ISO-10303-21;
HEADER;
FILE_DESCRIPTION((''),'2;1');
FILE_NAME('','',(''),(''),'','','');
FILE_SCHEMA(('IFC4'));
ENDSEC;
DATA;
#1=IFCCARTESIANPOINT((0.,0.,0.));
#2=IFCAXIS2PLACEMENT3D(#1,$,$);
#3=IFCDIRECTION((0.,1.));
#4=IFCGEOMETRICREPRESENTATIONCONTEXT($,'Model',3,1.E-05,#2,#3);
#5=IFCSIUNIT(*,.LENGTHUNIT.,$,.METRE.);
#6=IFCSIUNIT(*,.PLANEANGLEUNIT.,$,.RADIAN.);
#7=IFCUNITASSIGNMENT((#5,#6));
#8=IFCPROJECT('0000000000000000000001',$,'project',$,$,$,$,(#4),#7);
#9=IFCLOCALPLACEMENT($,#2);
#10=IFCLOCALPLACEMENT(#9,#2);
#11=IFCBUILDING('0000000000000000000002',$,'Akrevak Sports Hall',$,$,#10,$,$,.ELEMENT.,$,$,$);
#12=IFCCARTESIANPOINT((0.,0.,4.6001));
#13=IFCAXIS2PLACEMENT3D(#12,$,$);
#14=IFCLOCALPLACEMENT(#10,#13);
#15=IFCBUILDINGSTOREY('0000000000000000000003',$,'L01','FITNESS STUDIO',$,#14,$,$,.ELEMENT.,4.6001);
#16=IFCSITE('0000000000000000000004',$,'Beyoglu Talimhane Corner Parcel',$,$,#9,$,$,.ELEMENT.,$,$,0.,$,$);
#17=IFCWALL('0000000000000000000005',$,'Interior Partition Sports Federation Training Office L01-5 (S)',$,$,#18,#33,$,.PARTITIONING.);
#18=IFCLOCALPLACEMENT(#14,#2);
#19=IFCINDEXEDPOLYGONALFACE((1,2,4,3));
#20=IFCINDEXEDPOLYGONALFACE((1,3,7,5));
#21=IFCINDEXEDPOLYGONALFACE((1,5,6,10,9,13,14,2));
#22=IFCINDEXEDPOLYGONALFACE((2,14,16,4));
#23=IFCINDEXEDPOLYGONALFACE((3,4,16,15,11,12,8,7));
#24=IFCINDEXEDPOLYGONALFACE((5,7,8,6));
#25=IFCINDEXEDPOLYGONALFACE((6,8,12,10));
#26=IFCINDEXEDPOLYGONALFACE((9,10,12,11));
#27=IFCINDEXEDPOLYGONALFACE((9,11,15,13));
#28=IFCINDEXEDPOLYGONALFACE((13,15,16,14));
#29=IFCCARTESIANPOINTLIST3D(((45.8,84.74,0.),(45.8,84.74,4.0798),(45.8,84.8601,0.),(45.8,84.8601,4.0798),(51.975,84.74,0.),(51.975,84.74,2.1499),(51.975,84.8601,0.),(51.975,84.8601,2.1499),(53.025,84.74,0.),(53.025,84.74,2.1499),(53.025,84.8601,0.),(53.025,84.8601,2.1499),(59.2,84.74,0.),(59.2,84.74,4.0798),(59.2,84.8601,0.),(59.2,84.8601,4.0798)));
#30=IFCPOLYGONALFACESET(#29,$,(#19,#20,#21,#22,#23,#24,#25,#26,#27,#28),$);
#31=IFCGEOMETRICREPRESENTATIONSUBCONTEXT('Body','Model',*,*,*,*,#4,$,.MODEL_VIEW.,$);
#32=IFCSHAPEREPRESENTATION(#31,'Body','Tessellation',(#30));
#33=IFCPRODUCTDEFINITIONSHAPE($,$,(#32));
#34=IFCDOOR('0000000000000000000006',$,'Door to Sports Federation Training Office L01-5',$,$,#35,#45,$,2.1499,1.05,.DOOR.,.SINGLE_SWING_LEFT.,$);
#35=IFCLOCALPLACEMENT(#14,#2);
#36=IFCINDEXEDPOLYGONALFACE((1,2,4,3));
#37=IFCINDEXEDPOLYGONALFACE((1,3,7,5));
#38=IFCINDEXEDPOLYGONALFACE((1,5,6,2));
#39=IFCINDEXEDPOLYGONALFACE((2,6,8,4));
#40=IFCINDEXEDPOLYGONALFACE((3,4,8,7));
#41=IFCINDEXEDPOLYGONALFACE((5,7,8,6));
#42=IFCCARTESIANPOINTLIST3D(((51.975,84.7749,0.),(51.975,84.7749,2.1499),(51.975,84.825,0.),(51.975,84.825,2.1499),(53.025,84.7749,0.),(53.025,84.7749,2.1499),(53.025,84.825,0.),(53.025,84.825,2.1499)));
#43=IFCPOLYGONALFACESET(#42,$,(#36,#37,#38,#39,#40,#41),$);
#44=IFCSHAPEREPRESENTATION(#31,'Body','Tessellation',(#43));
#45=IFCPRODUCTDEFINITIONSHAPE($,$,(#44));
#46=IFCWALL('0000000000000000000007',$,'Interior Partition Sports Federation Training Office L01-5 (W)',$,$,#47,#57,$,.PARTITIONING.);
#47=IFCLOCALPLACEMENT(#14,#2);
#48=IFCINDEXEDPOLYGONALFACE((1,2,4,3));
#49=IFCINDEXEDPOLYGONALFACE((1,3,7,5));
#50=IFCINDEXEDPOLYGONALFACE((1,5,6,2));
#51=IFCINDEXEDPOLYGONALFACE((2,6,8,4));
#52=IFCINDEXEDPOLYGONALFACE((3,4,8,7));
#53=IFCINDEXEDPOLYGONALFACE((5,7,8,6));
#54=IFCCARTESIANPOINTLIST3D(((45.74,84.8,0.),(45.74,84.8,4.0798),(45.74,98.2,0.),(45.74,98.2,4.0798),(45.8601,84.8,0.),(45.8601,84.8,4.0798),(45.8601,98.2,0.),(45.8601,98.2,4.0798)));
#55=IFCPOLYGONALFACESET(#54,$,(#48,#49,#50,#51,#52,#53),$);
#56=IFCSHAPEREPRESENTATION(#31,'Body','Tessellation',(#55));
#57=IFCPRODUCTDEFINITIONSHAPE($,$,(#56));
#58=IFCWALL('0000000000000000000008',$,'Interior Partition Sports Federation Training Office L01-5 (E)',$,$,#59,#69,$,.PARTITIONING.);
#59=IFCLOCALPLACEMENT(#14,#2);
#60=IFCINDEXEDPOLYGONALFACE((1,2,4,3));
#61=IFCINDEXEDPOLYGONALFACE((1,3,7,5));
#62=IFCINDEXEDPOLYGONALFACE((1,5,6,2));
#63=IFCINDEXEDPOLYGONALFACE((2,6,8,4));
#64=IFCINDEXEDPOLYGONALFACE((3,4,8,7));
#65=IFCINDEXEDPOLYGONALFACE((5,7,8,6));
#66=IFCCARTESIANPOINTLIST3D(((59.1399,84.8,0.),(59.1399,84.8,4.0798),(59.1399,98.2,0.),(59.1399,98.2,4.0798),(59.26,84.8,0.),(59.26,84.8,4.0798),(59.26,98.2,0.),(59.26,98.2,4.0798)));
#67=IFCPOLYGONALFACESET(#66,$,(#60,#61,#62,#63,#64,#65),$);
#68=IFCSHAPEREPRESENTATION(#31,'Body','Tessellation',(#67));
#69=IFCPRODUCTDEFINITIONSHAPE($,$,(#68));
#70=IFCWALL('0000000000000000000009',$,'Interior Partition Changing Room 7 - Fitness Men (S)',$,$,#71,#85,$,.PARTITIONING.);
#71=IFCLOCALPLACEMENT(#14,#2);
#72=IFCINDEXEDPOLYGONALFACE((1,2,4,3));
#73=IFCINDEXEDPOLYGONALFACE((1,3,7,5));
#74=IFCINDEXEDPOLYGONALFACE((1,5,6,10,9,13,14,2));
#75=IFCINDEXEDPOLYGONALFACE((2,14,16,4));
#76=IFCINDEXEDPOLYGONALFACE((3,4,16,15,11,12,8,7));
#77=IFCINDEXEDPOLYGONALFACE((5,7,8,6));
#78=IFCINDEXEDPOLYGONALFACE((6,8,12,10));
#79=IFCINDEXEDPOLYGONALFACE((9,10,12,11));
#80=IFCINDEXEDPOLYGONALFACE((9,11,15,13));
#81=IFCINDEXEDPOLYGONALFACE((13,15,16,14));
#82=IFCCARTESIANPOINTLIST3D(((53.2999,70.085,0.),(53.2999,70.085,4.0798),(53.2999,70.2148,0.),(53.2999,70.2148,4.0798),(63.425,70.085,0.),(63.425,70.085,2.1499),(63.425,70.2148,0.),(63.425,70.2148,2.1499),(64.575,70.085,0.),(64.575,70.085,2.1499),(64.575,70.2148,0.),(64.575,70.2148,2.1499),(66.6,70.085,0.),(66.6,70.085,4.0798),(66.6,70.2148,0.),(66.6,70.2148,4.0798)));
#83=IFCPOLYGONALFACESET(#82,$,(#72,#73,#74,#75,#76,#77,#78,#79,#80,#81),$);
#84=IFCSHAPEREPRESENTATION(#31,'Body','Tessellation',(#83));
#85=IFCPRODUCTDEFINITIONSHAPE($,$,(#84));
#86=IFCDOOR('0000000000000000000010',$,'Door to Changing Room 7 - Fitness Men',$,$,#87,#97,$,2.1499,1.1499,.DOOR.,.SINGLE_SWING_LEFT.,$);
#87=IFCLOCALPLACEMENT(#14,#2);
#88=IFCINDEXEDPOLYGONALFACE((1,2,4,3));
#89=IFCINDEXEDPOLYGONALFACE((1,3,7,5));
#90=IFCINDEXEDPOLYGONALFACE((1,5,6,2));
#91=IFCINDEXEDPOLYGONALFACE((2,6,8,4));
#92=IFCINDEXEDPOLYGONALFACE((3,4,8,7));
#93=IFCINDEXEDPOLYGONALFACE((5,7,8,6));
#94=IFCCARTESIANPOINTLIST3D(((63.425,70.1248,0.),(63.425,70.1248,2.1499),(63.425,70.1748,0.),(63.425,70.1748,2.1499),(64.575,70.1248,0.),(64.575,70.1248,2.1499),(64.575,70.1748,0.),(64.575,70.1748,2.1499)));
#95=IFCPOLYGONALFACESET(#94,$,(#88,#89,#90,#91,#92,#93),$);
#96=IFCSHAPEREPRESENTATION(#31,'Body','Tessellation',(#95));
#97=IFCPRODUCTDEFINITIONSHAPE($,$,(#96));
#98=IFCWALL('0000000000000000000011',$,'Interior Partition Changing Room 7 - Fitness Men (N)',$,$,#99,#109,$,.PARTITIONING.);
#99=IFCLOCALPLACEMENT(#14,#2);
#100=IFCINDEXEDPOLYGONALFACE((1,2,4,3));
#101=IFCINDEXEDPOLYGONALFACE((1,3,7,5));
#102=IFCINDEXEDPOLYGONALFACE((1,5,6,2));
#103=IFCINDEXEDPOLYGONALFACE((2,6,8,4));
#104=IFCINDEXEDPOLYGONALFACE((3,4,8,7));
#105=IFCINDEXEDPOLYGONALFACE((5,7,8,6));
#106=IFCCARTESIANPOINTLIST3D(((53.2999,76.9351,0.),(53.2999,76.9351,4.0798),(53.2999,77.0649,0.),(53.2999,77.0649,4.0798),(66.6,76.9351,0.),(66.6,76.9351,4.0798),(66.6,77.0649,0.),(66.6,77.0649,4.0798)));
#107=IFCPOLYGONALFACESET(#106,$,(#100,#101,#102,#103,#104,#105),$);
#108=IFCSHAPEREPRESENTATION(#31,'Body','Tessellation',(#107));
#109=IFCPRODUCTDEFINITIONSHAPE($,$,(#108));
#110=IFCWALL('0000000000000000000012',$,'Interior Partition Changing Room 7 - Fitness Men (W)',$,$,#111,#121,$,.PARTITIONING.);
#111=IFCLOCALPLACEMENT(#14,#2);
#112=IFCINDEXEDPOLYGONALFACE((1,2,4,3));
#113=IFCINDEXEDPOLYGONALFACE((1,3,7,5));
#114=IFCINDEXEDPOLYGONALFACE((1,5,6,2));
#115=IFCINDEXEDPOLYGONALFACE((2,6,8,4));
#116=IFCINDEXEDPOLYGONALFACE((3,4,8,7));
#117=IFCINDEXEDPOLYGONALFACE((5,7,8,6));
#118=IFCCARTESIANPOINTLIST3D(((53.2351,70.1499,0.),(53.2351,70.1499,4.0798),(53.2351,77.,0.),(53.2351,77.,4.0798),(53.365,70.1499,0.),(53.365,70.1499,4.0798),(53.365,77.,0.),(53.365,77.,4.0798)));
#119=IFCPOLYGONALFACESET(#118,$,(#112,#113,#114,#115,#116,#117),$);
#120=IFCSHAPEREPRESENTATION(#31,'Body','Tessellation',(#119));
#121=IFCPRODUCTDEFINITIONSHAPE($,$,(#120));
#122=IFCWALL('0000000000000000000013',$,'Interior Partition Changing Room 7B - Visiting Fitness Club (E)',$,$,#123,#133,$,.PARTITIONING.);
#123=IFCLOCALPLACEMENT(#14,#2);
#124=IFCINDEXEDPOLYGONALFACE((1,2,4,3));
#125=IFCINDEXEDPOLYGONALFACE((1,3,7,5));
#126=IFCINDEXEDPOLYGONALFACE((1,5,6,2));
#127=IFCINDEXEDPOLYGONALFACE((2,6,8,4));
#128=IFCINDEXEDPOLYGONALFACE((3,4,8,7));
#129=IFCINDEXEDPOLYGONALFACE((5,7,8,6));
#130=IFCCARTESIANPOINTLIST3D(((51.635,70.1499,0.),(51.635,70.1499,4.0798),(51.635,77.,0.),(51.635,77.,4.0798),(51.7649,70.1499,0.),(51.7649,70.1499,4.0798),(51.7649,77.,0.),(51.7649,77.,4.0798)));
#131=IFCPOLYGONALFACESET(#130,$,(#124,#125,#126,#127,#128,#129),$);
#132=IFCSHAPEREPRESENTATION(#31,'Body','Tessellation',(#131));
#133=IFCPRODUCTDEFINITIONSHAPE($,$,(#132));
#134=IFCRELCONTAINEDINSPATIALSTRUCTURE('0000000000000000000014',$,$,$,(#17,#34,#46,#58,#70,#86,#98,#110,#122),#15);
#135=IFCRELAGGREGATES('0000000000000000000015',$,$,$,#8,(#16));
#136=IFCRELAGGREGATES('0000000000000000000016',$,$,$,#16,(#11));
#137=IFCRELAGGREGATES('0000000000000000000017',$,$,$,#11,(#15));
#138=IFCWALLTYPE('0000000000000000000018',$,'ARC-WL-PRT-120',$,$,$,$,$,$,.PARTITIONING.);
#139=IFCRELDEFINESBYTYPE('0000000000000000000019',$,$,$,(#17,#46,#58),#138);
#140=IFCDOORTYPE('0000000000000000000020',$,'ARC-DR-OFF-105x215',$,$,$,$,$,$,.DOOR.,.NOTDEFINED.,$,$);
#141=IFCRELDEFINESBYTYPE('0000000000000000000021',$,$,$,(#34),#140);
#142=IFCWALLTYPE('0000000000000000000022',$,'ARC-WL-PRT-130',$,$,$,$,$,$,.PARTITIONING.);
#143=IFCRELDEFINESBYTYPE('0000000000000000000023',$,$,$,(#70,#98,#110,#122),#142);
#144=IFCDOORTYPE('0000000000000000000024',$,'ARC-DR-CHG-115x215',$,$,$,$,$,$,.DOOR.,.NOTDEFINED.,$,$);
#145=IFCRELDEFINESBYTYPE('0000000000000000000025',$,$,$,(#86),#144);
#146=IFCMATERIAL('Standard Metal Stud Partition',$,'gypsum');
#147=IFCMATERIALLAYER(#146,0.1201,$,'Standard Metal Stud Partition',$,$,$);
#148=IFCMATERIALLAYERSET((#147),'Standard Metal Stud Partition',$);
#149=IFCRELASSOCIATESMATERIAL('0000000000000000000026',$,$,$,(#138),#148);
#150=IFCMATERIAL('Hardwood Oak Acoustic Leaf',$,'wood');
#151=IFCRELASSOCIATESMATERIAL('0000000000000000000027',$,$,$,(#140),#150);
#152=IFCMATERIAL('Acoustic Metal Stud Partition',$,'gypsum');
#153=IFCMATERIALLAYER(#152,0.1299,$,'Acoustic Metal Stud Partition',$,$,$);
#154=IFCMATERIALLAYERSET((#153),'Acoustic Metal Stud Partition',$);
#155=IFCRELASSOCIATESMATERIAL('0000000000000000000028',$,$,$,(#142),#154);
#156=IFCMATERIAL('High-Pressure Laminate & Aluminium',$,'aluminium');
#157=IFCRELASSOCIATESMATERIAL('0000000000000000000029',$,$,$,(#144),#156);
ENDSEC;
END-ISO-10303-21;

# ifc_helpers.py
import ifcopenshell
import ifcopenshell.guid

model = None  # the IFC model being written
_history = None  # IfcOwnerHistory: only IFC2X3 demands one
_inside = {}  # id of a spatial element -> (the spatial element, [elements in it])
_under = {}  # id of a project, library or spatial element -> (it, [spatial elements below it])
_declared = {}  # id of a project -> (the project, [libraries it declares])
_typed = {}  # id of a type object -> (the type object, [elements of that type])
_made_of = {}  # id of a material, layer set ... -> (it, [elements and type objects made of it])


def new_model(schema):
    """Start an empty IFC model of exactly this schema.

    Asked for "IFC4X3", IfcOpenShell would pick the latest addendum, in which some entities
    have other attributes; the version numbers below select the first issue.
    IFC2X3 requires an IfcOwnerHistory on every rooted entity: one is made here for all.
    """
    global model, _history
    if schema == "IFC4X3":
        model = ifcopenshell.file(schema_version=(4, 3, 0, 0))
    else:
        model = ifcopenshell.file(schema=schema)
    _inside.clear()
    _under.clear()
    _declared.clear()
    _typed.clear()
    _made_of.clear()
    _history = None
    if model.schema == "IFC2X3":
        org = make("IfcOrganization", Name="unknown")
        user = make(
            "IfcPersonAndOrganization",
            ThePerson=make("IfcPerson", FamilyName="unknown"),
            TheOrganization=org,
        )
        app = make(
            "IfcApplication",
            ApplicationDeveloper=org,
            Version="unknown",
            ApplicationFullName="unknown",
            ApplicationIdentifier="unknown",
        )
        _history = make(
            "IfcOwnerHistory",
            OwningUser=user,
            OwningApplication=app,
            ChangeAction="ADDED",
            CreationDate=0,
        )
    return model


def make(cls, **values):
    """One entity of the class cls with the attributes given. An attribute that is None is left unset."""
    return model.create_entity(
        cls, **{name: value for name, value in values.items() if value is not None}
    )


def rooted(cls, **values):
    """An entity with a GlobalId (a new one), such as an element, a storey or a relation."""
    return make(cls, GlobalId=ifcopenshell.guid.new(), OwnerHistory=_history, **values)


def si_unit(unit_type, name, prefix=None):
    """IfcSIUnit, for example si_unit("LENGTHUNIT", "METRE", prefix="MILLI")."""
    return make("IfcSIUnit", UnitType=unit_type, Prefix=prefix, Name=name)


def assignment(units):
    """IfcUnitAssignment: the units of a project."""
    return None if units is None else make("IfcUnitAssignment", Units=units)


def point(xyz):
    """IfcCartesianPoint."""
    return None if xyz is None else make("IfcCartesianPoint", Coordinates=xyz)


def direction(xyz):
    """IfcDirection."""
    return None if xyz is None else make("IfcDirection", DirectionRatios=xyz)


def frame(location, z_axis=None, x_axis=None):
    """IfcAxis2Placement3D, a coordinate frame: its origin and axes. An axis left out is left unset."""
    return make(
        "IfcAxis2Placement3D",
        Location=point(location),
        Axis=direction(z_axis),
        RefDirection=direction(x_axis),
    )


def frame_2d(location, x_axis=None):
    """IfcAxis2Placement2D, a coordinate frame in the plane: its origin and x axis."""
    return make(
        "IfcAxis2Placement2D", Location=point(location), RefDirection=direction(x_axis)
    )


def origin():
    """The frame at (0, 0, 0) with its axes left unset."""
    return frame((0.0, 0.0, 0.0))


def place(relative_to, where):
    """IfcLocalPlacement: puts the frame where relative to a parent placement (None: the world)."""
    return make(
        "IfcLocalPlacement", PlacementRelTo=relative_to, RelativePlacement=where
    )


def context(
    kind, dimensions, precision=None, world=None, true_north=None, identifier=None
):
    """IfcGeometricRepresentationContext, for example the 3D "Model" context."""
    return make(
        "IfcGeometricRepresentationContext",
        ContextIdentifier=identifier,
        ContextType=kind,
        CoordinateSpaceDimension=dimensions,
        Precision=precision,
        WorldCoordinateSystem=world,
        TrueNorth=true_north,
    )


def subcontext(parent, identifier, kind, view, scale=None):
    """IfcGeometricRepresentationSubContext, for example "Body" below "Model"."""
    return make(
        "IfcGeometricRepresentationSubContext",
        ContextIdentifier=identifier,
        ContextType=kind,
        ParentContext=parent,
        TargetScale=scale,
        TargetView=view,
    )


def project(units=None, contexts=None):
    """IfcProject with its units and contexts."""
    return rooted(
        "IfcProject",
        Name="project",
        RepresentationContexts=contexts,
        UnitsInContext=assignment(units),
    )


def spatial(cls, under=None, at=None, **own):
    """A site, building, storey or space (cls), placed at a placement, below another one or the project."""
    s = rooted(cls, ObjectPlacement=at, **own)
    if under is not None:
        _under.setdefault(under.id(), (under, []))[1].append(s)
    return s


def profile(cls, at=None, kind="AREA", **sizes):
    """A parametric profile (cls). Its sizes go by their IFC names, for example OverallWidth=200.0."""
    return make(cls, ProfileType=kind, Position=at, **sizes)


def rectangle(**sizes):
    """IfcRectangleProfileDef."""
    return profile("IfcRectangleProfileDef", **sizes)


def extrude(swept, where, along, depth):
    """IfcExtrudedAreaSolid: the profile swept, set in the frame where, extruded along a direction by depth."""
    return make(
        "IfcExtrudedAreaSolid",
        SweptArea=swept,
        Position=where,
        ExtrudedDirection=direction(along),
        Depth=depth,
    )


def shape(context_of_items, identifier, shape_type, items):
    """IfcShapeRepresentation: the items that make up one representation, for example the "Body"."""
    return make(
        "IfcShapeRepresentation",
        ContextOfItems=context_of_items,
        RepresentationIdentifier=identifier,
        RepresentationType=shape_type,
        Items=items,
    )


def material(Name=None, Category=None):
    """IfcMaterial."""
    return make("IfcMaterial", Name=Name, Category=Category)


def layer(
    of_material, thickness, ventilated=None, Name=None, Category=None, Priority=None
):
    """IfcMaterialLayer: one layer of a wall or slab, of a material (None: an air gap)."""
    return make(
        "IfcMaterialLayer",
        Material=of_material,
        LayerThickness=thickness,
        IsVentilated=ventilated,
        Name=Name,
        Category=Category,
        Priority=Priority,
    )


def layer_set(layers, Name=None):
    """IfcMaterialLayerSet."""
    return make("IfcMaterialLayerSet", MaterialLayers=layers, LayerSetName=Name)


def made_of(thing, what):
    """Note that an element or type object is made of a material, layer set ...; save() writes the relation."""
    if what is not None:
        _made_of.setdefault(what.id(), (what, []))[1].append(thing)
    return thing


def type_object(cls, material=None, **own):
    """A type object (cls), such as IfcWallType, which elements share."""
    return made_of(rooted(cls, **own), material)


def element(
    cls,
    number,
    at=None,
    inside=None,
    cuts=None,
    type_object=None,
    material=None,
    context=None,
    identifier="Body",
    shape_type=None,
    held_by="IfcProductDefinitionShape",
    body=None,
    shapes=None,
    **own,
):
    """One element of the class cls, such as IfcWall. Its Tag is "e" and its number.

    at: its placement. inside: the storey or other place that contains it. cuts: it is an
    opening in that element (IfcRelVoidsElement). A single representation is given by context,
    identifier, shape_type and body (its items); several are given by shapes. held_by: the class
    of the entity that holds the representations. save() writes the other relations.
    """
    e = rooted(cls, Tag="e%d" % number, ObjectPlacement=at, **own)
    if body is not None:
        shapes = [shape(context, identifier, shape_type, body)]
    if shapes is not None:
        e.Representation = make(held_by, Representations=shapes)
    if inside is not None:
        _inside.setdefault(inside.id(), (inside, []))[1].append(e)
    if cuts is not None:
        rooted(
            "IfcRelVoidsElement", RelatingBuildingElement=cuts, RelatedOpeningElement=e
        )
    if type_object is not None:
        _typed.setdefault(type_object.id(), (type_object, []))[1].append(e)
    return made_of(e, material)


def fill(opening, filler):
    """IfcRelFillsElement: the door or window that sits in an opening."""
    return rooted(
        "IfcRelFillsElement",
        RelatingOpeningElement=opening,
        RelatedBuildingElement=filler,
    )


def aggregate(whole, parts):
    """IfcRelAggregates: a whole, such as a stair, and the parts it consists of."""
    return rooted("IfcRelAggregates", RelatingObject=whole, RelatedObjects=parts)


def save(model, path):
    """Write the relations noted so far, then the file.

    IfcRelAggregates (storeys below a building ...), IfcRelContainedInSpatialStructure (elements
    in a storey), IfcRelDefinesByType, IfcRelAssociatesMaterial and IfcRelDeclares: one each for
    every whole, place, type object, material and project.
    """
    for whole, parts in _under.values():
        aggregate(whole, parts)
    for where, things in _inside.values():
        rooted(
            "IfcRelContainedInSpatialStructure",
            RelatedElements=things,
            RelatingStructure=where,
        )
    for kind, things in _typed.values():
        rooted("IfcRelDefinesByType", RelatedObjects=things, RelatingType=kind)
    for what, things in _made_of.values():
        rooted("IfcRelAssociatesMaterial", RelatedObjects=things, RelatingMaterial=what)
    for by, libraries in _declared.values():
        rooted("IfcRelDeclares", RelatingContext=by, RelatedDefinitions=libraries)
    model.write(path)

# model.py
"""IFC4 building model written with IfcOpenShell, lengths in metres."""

from ifc_helpers import new_model, si_unit, direction, frame, frame_2d, origin, place, context, subcontext, project, spatial, rectangle, extrude, material, layer, layer_set, type_object, element, fill, save


model = new_model("IFC4")

# Units and contexts
model_context = context("Model", 3, precision=1e-05, world=origin(), true_north=direction((0.0, 1.0)))
body_context = subcontext(model_context, "Body", "Model", "MODEL_VIEW")
ifc_project = project(units=[si_unit("LENGTHUNIT", "METRE"), si_unit("PLANEANGLEUNIT", "RADIAN")], contexts=[model_context])

# Site, building, storey
site_placement = place(None, origin())
site = spatial("IfcSite", under=ifc_project, at=site_placement, Name="Beyoglu Talimhane Corner Parcel", CompositionType="ELEMENT", RefElevation=0.0)
building_placement = place(site_placement, origin())
building = spatial("IfcBuilding", under=site, at=building_placement, Name="Akrevak Sports Hall", CompositionType="ELEMENT")
storey_placement = place(building_placement, frame((0.0, 0.0, 4.6001)))
storey = spatial("IfcBuildingStorey", under=building, at=storey_placement, Name="L01", Description="FITNESS STUDIO", CompositionType="ELEMENT", Elevation=4.6001)

# Wall, opening, door
ifc_material_1 = material(Name="Standard Metal Stud Partition", Category="gypsum")
ifc_layer_1 = layer(ifc_material_1, 0.1201, Name="Standard Metal Stud Partition")
ifc_layer_set_1 = layer_set([ifc_layer_1], Name="Standard Metal Stud Partition")
wall_type_1 = type_object("IfcWallType", Name="ARC-WL-PRT-120", PredefinedType="PARTITIONING", material=ifc_layer_set_1)
wall_1_placement = place(storey_placement, frame((45.8, 84.8, 0.0), z_axis=(0.0, 0.0, 1.0), x_axis=(1.0, 0.0, 0.0)))
wall_1 = element("IfcWall", 1, at=wall_1_placement, inside=storey, type_object=wall_type_1, Name="Interior Partition Sports Federation Training Office L01-5 (S)", PredefinedType="PARTITIONING", context=body_context, shape_type="SweptSolid", body=[
    extrude(rectangle(XDim=13.3999, YDim=0.1201, at=frame_2d((6.7, 0.0))), origin(), (0.0, 0.0, 1.0), 4.0798),
])
opening_1_placement = place(wall_1_placement, frame((6.175, 0.0, 0.0)))
opening_1 = element("IfcOpeningElement", 2, at=opening_1_placement, cuts=wall_1, PredefinedType="OPENING", context=body_context, shape_type="SweptSolid", body=[
    extrude(rectangle(XDim=1.05, YDim=2.1499, at=frame_2d((0.5249, 1.075))), frame((0.0, 0.072, 0.0), z_axis=(0.0, -1.0, 0.0), x_axis=(1.0, 0.0, 0.0)), (0.0, 0.0, 1.0), 0.144),
])
ifc_material_2 = material(Name="Hardwood Oak Acoustic Leaf", Category="wood")
door_type_1 = type_object("IfcDoorType", Name="ARC-DR-OFF-105x215", OperationType="NOTDEFINED", PredefinedType="DOOR", material=ifc_material_2)
door_1_placement = place(opening_1_placement, origin())
door_1 = element("IfcDoor", 3, at=door_1_placement, inside=storey, type_object=door_type_1, Name="Door to Sports Federation Training Office L01-5", OperationType="SINGLE_SWING_LEFT", OverallHeight=2.1499, OverallWidth=1.05, PredefinedType="DOOR", context=body_context, shape_type="SweptSolid", body=[
    extrude(rectangle(XDim=1.05, YDim=2.1499, at=frame_2d((0.5249, 1.075))), frame((0.0, 0.0249, 0.0), z_axis=(0.0, -1.0, 0.0), x_axis=(1.0, 0.0, 0.0)), (0.0, 0.0, 1.0), 0.05),
])
fill(opening_1, door_1)

# Walls
for number, where, z_axis, x_axis, name in (
    (4, (45.8, 84.8, 0.0), (0.0, 0.0, 1.0), (0.0, 1.0, 0.0), "Interior Partition Sports Federation Training Office L01-5 (W)"),
    (5, (59.2, 84.8, 0.0), (0.0, 0.0, 1.0), (0.0, 1.0, 0.0), "Interior Partition Sports Federation Training Office L01-5 (E)"),
):
    element("IfcWall", number, at=place(storey_placement, frame(where, z_axis=z_axis, x_axis=x_axis)), inside=storey, type_object=wall_type_1, Name=name, PredefinedType="PARTITIONING", context=body_context, shape_type="SweptSolid", body=[
        extrude(rectangle(XDim=13.3999, YDim=0.1201, at=frame_2d((6.7, 0.0))), origin(), (0.0, 0.0, 1.0), 4.0798),
    ])

# Wall, opening, door
ifc_material_3 = material(Name="Acoustic Metal Stud Partition", Category="gypsum")
ifc_layer_2 = layer(ifc_material_3, 0.1299, Name="Acoustic Metal Stud Partition")
ifc_layer_set_2 = layer_set([ifc_layer_2], Name="Acoustic Metal Stud Partition")
wall_type_2 = type_object("IfcWallType", Name="ARC-WL-PRT-130", PredefinedType="PARTITIONING", material=ifc_layer_set_2)
wall_2_placement = place(storey_placement, frame((53.3, 70.1499, 0.0), z_axis=(0.0, 0.0, 1.0), x_axis=(1.0, 0.0, 0.0)))
wall_2 = element("IfcWall", 6, at=wall_2_placement, inside=storey, type_object=wall_type_2, Name="Interior Partition Changing Room 7 - Fitness Men (S)", PredefinedType="PARTITIONING", context=body_context, shape_type="SweptSolid", body=[
    extrude(rectangle(XDim=13.3, YDim=0.1299, at=frame_2d((6.6499, 0.0))), origin(), (0.0, 0.0, 1.0), 4.0798),
])
opening_2_placement = place(wall_2_placement, frame((10.125, 0.0, 0.0)))
opening_2 = element("IfcOpeningElement", 7, at=opening_2_placement, cuts=wall_2, PredefinedType="OPENING", context=body_context, shape_type="SweptSolid", body=[
    extrude(rectangle(XDim=1.1499, YDim=2.1499, at=frame_2d((0.575, 1.075))), frame((0.0, 0.0769, 0.0), z_axis=(0.0, -1.0, 0.0), x_axis=(1.0, 0.0, 0.0)), (0.0, 0.0, 1.0), 0.1538),
])
ifc_material_4 = material(Name="High-Pressure Laminate & Aluminium", Category="aluminium")
door_type_2 = type_object("IfcDoorType", Name="ARC-DR-CHG-115x215", OperationType="NOTDEFINED", PredefinedType="DOOR", material=ifc_material_4)
door_2_placement = place(opening_2_placement, origin())
door_2 = element("IfcDoor", 8, at=door_2_placement, inside=storey, type_object=door_type_2, Name="Door to Changing Room 7 - Fitness Men", OperationType="SINGLE_SWING_LEFT", OverallHeight=2.1499, OverallWidth=1.1499, PredefinedType="DOOR", context=body_context, shape_type="SweptSolid", body=[
    extrude(rectangle(XDim=1.1499, YDim=2.1499, at=frame_2d((0.575, 1.075))), frame((0.0, 0.0249, 0.0), z_axis=(0.0, -1.0, 0.0), x_axis=(1.0, 0.0, 0.0)), (0.0, 0.0, 1.0), 0.05),
])
fill(opening_2, door_2)

# Walls
wall_3_placement = place(storey_placement, frame((53.3, 77.0, 0.0), z_axis=(0.0, 0.0, 1.0), x_axis=(1.0, 0.0, 0.0)))
element("IfcWall", 9, at=wall_3_placement, inside=storey, type_object=wall_type_2, Name="Interior Partition Changing Room 7 - Fitness Men (N)", PredefinedType="PARTITIONING", context=body_context, shape_type="SweptSolid", body=[
    extrude(rectangle(XDim=13.3, YDim=0.1299, at=frame_2d((6.6499, 0.0))), origin(), (0.0, 0.0, 1.0), 4.0798),
])
for number, where, z_axis, x_axis, name in (
    (10, (53.3, 70.1499, 0.0), (0.0, 0.0, 1.0), (0.0, 1.0, 0.0), "Interior Partition Changing Room 7 - Fitness Men (W)"),
    (11, (51.7, 70.1499, 0.0), (0.0, 0.0, 1.0), (0.0, 1.0, 0.0), "Interior Partition Changing Room 7B - Visiting Fitness Club (E)"),
):
    element("IfcWall", number, at=place(storey_placement, frame(where, z_axis=z_axis, x_axis=x_axis)), inside=storey, type_object=wall_type_2, Name=name, PredefinedType="PARTITIONING", context=body_context, shape_type="SweptSolid", body=[
        extrude(rectangle(XDim=6.8501, YDim=0.1299, at=frame_2d((3.425, 0.0))), origin(), (0.0, 0.0, 1.0), 4.0798),
    ])

save(model, "model.ifc")
